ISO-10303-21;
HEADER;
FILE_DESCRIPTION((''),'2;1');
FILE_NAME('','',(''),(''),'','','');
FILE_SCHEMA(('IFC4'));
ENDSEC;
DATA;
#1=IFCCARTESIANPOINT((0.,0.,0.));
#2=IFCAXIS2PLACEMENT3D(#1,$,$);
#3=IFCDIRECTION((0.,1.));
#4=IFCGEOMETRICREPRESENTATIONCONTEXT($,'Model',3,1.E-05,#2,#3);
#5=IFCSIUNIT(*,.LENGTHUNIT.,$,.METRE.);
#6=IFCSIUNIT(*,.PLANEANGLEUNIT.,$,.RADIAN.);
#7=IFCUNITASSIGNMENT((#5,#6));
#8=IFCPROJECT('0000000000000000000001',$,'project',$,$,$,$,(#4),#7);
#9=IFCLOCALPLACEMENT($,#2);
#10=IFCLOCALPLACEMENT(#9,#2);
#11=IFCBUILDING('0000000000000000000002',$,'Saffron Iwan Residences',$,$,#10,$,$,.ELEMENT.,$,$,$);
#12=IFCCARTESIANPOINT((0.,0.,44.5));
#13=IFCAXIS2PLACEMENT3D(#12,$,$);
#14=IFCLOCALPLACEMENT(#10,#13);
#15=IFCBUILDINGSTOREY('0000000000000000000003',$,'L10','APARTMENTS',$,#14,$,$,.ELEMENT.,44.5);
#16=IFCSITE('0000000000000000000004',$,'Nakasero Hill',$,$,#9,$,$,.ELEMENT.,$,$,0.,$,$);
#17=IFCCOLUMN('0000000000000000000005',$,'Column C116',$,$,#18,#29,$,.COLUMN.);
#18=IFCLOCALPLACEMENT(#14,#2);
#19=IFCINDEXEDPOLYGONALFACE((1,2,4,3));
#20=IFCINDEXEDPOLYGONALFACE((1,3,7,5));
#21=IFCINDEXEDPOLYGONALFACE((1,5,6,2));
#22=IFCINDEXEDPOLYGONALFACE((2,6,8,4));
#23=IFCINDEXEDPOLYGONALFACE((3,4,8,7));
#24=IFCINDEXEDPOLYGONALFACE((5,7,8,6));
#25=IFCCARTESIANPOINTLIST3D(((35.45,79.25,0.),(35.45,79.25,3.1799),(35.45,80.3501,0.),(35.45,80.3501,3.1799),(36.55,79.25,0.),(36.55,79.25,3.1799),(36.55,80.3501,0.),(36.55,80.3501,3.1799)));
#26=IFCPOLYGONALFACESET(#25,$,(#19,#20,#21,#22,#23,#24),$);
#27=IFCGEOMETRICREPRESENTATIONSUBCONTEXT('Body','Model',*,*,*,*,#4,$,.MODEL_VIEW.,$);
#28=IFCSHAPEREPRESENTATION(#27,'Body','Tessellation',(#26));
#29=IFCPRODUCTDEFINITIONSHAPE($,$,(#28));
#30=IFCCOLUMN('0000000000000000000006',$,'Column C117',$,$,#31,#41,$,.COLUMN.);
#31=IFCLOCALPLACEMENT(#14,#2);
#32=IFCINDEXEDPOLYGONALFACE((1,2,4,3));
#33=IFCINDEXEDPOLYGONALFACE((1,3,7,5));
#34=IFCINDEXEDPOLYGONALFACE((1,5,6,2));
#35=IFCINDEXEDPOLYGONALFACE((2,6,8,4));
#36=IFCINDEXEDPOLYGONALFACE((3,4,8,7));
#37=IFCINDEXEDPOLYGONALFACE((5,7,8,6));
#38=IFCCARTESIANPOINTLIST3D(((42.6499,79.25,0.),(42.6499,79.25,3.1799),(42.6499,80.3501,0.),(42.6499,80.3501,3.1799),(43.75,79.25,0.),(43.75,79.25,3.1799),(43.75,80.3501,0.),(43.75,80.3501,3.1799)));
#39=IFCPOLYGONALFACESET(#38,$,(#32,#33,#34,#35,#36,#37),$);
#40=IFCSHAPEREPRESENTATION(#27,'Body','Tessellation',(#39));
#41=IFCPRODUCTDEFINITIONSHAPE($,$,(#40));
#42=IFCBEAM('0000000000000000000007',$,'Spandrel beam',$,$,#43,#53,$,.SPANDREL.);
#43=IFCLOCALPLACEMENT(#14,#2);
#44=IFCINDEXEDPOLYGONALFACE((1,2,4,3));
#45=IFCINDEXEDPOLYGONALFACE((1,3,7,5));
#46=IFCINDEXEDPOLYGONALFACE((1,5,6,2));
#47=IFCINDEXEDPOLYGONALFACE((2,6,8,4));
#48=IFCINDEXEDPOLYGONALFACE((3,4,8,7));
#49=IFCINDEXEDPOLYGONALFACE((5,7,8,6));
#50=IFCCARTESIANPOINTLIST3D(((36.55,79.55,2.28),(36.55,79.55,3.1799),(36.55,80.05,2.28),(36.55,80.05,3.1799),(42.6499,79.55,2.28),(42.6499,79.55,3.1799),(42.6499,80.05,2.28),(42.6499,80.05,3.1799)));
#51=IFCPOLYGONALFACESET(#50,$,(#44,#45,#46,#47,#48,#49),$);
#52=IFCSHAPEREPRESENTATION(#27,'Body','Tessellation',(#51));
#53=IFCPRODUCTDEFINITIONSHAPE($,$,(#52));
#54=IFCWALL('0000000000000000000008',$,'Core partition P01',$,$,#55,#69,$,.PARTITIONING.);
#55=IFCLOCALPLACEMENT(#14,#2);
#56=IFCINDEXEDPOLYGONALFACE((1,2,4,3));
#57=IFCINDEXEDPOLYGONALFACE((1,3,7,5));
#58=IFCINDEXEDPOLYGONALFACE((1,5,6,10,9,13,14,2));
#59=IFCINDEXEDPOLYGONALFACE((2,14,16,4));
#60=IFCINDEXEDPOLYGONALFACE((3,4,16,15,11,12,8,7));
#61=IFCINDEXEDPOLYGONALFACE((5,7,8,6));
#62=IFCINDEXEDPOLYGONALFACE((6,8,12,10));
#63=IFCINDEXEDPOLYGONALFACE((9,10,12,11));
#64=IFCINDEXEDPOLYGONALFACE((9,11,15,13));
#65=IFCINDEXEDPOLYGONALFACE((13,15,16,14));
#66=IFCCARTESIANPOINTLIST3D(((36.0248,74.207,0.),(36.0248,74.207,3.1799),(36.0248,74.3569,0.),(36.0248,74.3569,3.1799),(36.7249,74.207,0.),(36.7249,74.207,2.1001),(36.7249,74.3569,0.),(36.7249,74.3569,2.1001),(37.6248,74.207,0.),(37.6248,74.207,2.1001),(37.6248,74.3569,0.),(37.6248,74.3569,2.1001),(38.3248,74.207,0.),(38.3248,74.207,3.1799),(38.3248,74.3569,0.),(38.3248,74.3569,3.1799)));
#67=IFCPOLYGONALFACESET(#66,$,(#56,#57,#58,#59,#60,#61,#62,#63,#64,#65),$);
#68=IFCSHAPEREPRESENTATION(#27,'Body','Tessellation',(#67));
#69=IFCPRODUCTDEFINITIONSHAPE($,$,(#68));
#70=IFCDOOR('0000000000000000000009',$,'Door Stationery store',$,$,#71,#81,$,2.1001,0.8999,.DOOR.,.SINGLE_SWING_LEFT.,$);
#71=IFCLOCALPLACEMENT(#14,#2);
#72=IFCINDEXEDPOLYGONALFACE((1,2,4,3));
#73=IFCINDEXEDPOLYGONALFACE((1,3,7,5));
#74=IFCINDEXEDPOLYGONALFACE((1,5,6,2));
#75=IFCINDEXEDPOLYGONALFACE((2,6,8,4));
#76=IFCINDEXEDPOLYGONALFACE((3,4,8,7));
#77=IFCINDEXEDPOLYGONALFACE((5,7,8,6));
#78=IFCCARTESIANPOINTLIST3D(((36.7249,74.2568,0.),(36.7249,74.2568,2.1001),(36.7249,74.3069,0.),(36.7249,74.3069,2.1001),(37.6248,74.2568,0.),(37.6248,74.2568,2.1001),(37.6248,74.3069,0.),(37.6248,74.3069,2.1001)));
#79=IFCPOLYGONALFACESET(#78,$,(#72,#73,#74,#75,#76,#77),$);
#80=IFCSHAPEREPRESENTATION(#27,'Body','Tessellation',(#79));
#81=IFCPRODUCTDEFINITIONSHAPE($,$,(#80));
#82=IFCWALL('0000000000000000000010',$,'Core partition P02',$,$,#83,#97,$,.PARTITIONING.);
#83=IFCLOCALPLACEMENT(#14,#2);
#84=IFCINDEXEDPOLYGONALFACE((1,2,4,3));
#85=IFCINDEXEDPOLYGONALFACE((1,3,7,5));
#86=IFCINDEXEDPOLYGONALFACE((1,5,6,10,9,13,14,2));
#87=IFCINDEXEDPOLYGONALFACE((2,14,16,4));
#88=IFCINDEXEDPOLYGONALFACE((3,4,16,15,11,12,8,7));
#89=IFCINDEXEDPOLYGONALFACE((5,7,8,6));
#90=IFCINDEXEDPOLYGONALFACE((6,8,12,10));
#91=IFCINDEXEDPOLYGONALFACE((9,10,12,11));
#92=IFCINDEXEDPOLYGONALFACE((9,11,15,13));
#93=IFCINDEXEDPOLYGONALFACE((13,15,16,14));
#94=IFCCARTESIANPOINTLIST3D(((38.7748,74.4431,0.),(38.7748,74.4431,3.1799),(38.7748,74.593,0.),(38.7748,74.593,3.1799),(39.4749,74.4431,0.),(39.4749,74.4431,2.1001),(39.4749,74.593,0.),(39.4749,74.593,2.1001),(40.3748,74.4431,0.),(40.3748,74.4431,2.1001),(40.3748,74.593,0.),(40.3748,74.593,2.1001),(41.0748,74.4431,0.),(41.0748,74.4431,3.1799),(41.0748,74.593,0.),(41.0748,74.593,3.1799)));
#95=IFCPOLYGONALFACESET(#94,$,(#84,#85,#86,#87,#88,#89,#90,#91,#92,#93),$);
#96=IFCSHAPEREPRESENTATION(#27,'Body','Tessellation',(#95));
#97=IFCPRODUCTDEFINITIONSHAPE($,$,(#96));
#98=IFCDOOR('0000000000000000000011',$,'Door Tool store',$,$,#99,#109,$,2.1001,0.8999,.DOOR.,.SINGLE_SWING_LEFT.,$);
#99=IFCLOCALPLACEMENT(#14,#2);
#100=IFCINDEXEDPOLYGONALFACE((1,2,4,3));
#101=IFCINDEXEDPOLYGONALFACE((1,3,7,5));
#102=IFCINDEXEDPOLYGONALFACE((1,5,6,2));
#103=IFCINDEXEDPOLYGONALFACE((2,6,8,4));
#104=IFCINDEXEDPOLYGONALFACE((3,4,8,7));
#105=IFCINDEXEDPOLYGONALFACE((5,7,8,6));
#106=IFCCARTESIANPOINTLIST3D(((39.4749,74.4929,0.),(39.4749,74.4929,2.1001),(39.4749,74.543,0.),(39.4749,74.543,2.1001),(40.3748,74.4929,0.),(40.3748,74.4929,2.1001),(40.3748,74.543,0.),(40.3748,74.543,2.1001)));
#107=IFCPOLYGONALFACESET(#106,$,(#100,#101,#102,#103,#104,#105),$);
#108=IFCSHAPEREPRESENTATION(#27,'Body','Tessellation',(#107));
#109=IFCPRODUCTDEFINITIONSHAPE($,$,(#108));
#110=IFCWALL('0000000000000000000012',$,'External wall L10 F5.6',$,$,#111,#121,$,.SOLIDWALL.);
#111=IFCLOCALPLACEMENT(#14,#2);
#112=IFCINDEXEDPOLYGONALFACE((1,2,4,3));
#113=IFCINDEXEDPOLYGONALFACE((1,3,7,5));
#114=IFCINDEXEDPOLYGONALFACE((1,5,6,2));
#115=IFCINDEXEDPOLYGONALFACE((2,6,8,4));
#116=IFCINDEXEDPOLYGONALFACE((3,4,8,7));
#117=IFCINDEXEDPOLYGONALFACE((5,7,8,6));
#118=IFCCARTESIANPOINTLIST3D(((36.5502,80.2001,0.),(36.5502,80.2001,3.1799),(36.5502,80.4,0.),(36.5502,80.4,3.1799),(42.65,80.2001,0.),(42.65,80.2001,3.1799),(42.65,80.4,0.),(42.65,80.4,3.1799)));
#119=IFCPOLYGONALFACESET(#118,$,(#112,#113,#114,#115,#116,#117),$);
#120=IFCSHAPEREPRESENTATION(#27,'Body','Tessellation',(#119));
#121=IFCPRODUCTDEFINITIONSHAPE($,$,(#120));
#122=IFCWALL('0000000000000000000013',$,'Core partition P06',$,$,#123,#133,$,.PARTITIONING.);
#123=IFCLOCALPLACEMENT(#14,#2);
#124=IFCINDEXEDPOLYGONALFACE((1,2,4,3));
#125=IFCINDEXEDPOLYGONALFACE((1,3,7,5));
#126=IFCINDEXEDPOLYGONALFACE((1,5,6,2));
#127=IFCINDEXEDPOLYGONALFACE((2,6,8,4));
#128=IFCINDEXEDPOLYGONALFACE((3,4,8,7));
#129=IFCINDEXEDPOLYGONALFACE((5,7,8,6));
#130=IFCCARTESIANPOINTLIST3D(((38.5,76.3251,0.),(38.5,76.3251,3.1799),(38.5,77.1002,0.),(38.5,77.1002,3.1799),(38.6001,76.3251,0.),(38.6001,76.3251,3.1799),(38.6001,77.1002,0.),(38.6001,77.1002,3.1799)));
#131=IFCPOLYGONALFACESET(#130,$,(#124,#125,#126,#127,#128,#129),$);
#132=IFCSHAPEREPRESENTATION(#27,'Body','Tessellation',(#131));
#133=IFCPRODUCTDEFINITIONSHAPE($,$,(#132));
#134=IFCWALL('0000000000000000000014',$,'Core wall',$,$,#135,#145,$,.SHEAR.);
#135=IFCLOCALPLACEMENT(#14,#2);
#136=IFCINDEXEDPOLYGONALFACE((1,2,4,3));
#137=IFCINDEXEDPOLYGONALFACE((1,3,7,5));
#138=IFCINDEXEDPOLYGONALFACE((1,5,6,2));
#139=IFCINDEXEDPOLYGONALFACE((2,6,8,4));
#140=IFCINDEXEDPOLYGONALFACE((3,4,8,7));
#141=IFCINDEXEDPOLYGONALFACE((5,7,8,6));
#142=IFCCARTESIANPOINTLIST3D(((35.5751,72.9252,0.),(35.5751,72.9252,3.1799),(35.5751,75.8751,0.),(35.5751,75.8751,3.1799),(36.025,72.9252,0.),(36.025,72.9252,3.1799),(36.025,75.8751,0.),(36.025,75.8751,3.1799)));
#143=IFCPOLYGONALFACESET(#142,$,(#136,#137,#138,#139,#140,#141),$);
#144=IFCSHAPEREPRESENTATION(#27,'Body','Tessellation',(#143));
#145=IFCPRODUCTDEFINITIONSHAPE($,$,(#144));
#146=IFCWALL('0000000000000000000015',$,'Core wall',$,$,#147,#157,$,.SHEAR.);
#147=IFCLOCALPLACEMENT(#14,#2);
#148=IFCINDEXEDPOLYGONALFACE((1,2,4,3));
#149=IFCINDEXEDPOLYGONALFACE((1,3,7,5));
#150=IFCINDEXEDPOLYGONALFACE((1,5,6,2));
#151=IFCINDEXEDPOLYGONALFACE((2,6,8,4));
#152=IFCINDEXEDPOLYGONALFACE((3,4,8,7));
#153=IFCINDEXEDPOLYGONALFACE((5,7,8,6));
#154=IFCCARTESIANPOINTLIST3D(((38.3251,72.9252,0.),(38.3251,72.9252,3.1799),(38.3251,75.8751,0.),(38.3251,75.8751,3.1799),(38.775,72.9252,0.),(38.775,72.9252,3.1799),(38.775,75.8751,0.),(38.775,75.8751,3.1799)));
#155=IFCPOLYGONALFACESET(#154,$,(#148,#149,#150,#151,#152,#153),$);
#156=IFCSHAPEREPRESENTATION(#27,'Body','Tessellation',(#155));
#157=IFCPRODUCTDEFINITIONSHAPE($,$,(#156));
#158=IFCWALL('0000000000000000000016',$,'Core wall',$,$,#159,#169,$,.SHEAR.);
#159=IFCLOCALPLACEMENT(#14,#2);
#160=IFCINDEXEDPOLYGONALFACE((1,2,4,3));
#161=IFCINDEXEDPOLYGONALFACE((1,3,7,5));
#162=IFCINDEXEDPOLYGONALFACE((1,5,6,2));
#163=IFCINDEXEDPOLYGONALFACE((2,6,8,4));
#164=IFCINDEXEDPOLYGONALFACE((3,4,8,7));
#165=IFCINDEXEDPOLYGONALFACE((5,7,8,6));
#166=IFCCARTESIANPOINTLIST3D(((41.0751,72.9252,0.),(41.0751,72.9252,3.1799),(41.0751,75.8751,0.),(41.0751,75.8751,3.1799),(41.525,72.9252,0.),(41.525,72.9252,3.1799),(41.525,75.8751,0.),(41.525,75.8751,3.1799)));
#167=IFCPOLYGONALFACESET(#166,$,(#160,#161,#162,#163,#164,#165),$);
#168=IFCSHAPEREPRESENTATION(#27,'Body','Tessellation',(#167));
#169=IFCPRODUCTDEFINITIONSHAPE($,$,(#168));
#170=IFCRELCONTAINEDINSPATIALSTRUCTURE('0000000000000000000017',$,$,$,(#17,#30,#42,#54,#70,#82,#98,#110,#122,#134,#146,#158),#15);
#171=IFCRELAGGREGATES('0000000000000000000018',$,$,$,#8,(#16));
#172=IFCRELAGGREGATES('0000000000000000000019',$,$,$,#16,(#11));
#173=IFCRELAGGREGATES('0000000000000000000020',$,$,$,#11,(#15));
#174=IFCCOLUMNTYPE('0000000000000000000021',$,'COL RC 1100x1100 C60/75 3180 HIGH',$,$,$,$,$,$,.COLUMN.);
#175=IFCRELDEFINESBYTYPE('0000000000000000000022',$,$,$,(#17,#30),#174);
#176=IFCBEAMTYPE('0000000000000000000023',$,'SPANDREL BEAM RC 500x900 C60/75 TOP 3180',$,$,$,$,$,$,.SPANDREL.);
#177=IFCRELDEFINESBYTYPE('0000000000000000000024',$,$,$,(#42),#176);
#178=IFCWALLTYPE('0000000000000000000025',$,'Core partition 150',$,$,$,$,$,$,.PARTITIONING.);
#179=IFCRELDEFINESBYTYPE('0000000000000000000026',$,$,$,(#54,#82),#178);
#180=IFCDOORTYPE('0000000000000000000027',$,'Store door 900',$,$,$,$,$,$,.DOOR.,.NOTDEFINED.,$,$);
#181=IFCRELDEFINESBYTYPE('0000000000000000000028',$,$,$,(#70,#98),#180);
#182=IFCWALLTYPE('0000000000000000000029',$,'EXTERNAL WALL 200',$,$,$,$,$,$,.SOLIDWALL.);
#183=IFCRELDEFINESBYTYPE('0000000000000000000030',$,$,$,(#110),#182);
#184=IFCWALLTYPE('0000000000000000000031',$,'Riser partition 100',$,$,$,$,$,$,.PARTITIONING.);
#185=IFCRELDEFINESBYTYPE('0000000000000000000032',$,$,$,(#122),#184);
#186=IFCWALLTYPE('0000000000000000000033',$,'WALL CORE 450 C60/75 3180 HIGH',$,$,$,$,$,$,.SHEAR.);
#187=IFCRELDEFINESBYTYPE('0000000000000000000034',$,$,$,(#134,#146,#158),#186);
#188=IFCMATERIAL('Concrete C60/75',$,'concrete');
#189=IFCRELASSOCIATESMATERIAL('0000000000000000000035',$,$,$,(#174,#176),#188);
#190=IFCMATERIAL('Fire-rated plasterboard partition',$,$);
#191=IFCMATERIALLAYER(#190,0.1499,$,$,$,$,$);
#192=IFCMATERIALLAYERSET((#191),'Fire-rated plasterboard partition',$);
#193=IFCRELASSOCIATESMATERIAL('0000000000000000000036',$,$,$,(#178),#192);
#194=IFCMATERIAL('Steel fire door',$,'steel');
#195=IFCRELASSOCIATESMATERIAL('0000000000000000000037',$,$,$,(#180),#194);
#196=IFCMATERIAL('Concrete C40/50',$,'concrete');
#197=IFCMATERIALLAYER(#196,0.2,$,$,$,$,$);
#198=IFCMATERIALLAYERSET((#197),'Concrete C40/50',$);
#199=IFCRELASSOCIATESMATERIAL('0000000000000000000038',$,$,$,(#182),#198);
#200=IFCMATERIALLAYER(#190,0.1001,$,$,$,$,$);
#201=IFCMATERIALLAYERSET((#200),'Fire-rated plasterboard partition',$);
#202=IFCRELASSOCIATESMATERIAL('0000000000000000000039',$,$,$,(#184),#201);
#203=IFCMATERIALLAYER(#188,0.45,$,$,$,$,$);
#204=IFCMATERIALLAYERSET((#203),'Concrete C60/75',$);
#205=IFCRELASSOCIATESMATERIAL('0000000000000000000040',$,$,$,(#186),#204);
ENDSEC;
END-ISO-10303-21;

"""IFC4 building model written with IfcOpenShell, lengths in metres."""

from ifc_helpers import new_model, si_unit, direction, frame, frame_2d, origin, origin_2d, place, context, subcontext, project, spatial, rectangle, extrude, source, transform, mapped, material, layer, layer_set, material_profile, profile_set, type_object, element, fill, save


model = new_model("IFC4")

# Units and contexts
model_context = context("Model", 3, precision=1e-05, world=origin(), true_north=direction((0.0, 1.0)))
body_context = subcontext(model_context, "Body", "Model", "MODEL_VIEW")
ifc_project = project(units=[si_unit("LENGTHUNIT", "METRE"), si_unit("PLANEANGLEUNIT", "RADIAN")], contexts=[model_context])

# Site, building, storey
site_placement = place(None, origin())
site = spatial("IfcSite", under=ifc_project, at=site_placement, Name="Nakasero Hill", CompositionType="ELEMENT", RefElevation=0.0)
building_placement = place(site_placement, origin())
building = spatial("IfcBuilding", under=site, at=building_placement, Name="Saffron Iwan Residences", CompositionType="ELEMENT")
storey_placement = place(building_placement, frame((0.0, 0.0, 44.5)))
storey = spatial("IfcBuildingStorey", under=building, at=storey_placement, Name="L10", Description="APARTMENTS", CompositionType="ELEMENT", Elevation=44.5)

# Columns
ifc_material_1 = material(Name="Concrete C60/75", Category="concrete")
ifc_material_profile_1 = material_profile(ifc_material_1, rectangle(XDim=1.1001, YDim=1.1001, at=origin_2d()), Name="RC 1100x1100")
ifc_profile_set_1 = profile_set([ifc_material_profile_1], Name="Concrete C60/75")
column_type = type_object("IfcColumnType", Name="COL RC 1100x1100 C60/75 3180 HIGH", PredefinedType="COLUMN", material=ifc_profile_set_1)
shared_shape_1 = source(origin(), body_context, "Body", "SweptSolid", [
    extrude(rectangle(XDim=1.1001, YDim=1.1001, at=origin_2d()), origin(), (0.0, 0.0, 1.0), 3.1799),
])
for number, where, z_axis, x_axis, name in (
    (1, (36.0, 79.8, 0.0), (0.0, 0.0, 1.0), (1.0, 0.0, 0.0), "Column C116"),
    (2, (43.2, 79.8, 0.0), (0.0, 0.0, 1.0), (1.0, 0.0, 0.0), "Column C117"),
):
    element("IfcColumn", number, at=place(storey_placement, frame(where, z_axis=z_axis, x_axis=x_axis)), inside=storey, type_object=column_type, Name=name, PredefinedType="COLUMN", context=body_context, shape_type="MappedRepresentation", body=[
        mapped(shared_shape_1, transform((0.0, 0.0, 0.0))),
    ])

# Beam
ifc_material_profile_2 = material_profile(ifc_material_1, rectangle(XDim=0.5, YDim=0.8999, at=origin_2d()), Name="RC 500x900")
ifc_profile_set_2 = profile_set([ifc_material_profile_2], Name="Concrete C60/75")
beam_type = type_object("IfcBeamType", Name="SPANDREL BEAM RC 500x900 C60/75 TOP 3180", PredefinedType="SPANDREL", material=ifc_profile_set_2)
shared_shape_2 = source(origin(), body_context, "Body", "SweptSolid", [
    extrude(rectangle(XDim=0.5, YDim=0.8999, at=origin_2d()), origin(), (0.0, 0.0, 1.0), 6.0999),
])
beam_placement = place(storey_placement, frame((36.55, 79.8, 2.73), z_axis=(1.0, 0.0, 0.0), x_axis=(0.0, 1.0, 0.0)))
element("IfcBeam", 3, at=beam_placement, inside=storey, type_object=beam_type, Name="Spandrel beam", PredefinedType="SPANDREL", context=body_context, shape_type="MappedRepresentation", body=[
    mapped(shared_shape_2, transform((0.0, 0.0, 0.0))),
])

# Walls, openings, doors
ifc_material_2 = material(Name="Fire-rated plasterboard partition")
ifc_layer_1 = layer(ifc_material_2, 0.1499)
ifc_layer_set_1 = layer_set([ifc_layer_1], Name="Fire-rated plasterboard partition")
wall_type_1 = type_object("IfcWallType", Name="Core partition 150", PredefinedType="PARTITIONING", material=ifc_layer_set_1)
wall_1_placement = place(storey_placement, frame((36.0249, 74.282, 0.0), z_axis=(0.0, 0.0, 1.0), x_axis=(1.0, 0.0, 0.0)))
wall_1 = element("IfcWall", 4, at=wall_1_placement, inside=storey, type_object=wall_type_1, Name="Core partition P01", PredefinedType="PARTITIONING", context=body_context, shape_type="SweptSolid", body=[
    extrude(rectangle(XDim=2.3, YDim=0.1499, at=frame_2d((1.1499, 0.0))), origin(), (0.0, 0.0, 1.0), 3.1799),
])
opening_1_placement = place(wall_1_placement, frame((0.7, 0.0, 0.0)))
opening_1 = element("IfcOpeningElement", 5, at=opening_1_placement, cuts=wall_1, PredefinedType="OPENING", context=body_context, shape_type="SweptSolid", body=[
    extrude(rectangle(XDim=0.8999, YDim=2.1001, at=frame_2d((0.45, 1.05))), frame((0.0, 0.085, 0.0), z_axis=(0.0, -1.0, 0.0), x_axis=(1.0, 0.0, 0.0)), (0.0, 0.0, 1.0), 0.1699),
])
ifc_material_3 = material(Name="Steel fire door", Category="steel")
door_type = type_object("IfcDoorType", Name="Store door 900", OperationType="NOTDEFINED", PredefinedType="DOOR", material=ifc_material_3)
door_1_placement = place(opening_1_placement, origin())
door_1 = element("IfcDoor", 6, at=door_1_placement, inside=storey, type_object=door_type, Name="Door Stationery store", OperationType="SINGLE_SWING_LEFT", OverallHeight=2.1001, OverallWidth=0.8999, PredefinedType="DOOR", context=body_context, shape_type="SweptSolid", body=[
    extrude(rectangle(XDim=0.8999, YDim=2.1001, at=frame_2d((0.45, 1.05))), frame((0.0, 0.0249, 0.0), z_axis=(0.0, -1.0, 0.0), x_axis=(1.0, 0.0, 0.0)), (0.0, 0.0, 1.0), 0.05),
])
fill(opening_1, door_1)
wall_2_placement = place(storey_placement, frame((38.7749, 74.5181, 0.0), z_axis=(0.0, 0.0, 1.0), x_axis=(1.0, 0.0, 0.0)))
wall_2 = element("IfcWall", 7, at=wall_2_placement, inside=storey, type_object=wall_type_1, Name="Core partition P02", PredefinedType="PARTITIONING", context=body_context, shape_type="SweptSolid", body=[
    extrude(rectangle(XDim=2.3, YDim=0.1499, at=frame_2d((1.1499, 0.0))), origin(), (0.0, 0.0, 1.0), 3.1799),
])
opening_2_placement = place(wall_2_placement, frame((0.7, 0.0, 0.0)))
opening_2 = element("IfcOpeningElement", 8, at=opening_2_placement, cuts=wall_2, PredefinedType="OPENING", context=body_context, shape_type="SweptSolid", body=[
    extrude(rectangle(XDim=0.8999, YDim=2.1001, at=frame_2d((0.45, 1.05))), frame((0.0, 0.085, 0.0), z_axis=(0.0, -1.0, 0.0), x_axis=(1.0, 0.0, 0.0)), (0.0, 0.0, 1.0), 0.1699),
])
door_2_placement = place(opening_2_placement, origin())
door_2 = element("IfcDoor", 9, at=door_2_placement, inside=storey, type_object=door_type, Name="Door Tool store", OperationType="SINGLE_SWING_LEFT", OverallHeight=2.1001, OverallWidth=0.8999, PredefinedType="DOOR", context=body_context, shape_type="SweptSolid", body=[
    extrude(rectangle(XDim=0.8999, YDim=2.1001, at=frame_2d((0.45, 1.05))), frame((0.0, 0.0249, 0.0), z_axis=(0.0, -1.0, 0.0), x_axis=(1.0, 0.0, 0.0)), (0.0, 0.0, 1.0), 0.05),
])
fill(opening_2, door_2)

# Walls
ifc_material_4 = material(Name="Concrete C40/50", Category="concrete")
ifc_layer_2 = layer(ifc_material_4, 0.2)
ifc_layer_set_2 = layer_set([ifc_layer_2], Name="Concrete C40/50")
wall_type_2 = type_object("IfcWallType", Name="EXTERNAL WALL 200", PredefinedType="SOLIDWALL", material=ifc_layer_set_2)
wall_3_placement = place(storey_placement, frame((42.6499, 80.3, 0.0), z_axis=(0.0, 0.0, 1.0), x_axis=(-1.0, 0.0, 0.0)))
element("IfcWall", 10, at=wall_3_placement, inside=storey, type_object=wall_type_2, Name="External wall L10 F5.6", PredefinedType="SOLIDWALL", context=body_context, shape_type="SweptSolid", body=[
    extrude(rectangle(XDim=6.0999, YDim=0.2, at=frame_2d((3.0498, 0.0))), origin(), (0.0, 0.0, 1.0), 3.1799),
])
ifc_layer_3 = layer(ifc_material_2, 0.1001)
ifc_layer_set_3 = layer_set([ifc_layer_3], Name="Fire-rated plasterboard partition")
wall_type_3 = type_object("IfcWallType", Name="Riser partition 100", PredefinedType="PARTITIONING", material=ifc_layer_set_3)
wall_4_placement = place(storey_placement, frame((38.55, 76.325, 0.0), z_axis=(0.0, 0.0, 1.0), x_axis=(0.0, 1.0, 0.0)))
element("IfcWall", 11, at=wall_4_placement, inside=storey, type_object=wall_type_3, Name="Core partition P06", PredefinedType="PARTITIONING", context=body_context, shape_type="SweptSolid", body=[
    extrude(rectangle(XDim=0.7751, YDim=0.1001, at=frame_2d((0.3877, 0.0))), origin(), (0.0, 0.0, 1.0), 3.1799),
])
ifc_layer_4 = layer(ifc_material_1, 0.45)
ifc_layer_set_4 = layer_set([ifc_layer_4], Name="Concrete C60/75")
wall_type_4 = type_object("IfcWallType", Name="WALL CORE 450 C60/75 3180 HIGH", PredefinedType="SHEAR", material=ifc_layer_set_4)
for number, where, z_axis, x_axis, name in (
    (12, (35.8, 72.925, 0.0), (0.0, 0.0, 1.0), (0.0, 1.0, 0.0), "Core wall"),
    (13, (38.55, 72.925, 0.0), (0.0, 0.0, 1.0), (0.0, 1.0, 0.0), "Core wall"),
    (14, (41.3, 72.925, 0.0), (0.0, 0.0, 1.0), (0.0, 1.0, 0.0), "Core wall"),
):
    element("IfcWall", number, at=place(storey_placement, frame(where, z_axis=z_axis, x_axis=x_axis)), inside=storey, type_object=wall_type_4, Name=name, PredefinedType="SHEAR", context=body_context, shape_type="SweptSolid", body=[
        extrude(rectangle(XDim=2.95, YDim=0.45, at=frame_2d((1.4751, 0.0))), origin(), (0.0, 0.0, 1.0), 3.1799),
    ])

save(model, "model.ifc")
